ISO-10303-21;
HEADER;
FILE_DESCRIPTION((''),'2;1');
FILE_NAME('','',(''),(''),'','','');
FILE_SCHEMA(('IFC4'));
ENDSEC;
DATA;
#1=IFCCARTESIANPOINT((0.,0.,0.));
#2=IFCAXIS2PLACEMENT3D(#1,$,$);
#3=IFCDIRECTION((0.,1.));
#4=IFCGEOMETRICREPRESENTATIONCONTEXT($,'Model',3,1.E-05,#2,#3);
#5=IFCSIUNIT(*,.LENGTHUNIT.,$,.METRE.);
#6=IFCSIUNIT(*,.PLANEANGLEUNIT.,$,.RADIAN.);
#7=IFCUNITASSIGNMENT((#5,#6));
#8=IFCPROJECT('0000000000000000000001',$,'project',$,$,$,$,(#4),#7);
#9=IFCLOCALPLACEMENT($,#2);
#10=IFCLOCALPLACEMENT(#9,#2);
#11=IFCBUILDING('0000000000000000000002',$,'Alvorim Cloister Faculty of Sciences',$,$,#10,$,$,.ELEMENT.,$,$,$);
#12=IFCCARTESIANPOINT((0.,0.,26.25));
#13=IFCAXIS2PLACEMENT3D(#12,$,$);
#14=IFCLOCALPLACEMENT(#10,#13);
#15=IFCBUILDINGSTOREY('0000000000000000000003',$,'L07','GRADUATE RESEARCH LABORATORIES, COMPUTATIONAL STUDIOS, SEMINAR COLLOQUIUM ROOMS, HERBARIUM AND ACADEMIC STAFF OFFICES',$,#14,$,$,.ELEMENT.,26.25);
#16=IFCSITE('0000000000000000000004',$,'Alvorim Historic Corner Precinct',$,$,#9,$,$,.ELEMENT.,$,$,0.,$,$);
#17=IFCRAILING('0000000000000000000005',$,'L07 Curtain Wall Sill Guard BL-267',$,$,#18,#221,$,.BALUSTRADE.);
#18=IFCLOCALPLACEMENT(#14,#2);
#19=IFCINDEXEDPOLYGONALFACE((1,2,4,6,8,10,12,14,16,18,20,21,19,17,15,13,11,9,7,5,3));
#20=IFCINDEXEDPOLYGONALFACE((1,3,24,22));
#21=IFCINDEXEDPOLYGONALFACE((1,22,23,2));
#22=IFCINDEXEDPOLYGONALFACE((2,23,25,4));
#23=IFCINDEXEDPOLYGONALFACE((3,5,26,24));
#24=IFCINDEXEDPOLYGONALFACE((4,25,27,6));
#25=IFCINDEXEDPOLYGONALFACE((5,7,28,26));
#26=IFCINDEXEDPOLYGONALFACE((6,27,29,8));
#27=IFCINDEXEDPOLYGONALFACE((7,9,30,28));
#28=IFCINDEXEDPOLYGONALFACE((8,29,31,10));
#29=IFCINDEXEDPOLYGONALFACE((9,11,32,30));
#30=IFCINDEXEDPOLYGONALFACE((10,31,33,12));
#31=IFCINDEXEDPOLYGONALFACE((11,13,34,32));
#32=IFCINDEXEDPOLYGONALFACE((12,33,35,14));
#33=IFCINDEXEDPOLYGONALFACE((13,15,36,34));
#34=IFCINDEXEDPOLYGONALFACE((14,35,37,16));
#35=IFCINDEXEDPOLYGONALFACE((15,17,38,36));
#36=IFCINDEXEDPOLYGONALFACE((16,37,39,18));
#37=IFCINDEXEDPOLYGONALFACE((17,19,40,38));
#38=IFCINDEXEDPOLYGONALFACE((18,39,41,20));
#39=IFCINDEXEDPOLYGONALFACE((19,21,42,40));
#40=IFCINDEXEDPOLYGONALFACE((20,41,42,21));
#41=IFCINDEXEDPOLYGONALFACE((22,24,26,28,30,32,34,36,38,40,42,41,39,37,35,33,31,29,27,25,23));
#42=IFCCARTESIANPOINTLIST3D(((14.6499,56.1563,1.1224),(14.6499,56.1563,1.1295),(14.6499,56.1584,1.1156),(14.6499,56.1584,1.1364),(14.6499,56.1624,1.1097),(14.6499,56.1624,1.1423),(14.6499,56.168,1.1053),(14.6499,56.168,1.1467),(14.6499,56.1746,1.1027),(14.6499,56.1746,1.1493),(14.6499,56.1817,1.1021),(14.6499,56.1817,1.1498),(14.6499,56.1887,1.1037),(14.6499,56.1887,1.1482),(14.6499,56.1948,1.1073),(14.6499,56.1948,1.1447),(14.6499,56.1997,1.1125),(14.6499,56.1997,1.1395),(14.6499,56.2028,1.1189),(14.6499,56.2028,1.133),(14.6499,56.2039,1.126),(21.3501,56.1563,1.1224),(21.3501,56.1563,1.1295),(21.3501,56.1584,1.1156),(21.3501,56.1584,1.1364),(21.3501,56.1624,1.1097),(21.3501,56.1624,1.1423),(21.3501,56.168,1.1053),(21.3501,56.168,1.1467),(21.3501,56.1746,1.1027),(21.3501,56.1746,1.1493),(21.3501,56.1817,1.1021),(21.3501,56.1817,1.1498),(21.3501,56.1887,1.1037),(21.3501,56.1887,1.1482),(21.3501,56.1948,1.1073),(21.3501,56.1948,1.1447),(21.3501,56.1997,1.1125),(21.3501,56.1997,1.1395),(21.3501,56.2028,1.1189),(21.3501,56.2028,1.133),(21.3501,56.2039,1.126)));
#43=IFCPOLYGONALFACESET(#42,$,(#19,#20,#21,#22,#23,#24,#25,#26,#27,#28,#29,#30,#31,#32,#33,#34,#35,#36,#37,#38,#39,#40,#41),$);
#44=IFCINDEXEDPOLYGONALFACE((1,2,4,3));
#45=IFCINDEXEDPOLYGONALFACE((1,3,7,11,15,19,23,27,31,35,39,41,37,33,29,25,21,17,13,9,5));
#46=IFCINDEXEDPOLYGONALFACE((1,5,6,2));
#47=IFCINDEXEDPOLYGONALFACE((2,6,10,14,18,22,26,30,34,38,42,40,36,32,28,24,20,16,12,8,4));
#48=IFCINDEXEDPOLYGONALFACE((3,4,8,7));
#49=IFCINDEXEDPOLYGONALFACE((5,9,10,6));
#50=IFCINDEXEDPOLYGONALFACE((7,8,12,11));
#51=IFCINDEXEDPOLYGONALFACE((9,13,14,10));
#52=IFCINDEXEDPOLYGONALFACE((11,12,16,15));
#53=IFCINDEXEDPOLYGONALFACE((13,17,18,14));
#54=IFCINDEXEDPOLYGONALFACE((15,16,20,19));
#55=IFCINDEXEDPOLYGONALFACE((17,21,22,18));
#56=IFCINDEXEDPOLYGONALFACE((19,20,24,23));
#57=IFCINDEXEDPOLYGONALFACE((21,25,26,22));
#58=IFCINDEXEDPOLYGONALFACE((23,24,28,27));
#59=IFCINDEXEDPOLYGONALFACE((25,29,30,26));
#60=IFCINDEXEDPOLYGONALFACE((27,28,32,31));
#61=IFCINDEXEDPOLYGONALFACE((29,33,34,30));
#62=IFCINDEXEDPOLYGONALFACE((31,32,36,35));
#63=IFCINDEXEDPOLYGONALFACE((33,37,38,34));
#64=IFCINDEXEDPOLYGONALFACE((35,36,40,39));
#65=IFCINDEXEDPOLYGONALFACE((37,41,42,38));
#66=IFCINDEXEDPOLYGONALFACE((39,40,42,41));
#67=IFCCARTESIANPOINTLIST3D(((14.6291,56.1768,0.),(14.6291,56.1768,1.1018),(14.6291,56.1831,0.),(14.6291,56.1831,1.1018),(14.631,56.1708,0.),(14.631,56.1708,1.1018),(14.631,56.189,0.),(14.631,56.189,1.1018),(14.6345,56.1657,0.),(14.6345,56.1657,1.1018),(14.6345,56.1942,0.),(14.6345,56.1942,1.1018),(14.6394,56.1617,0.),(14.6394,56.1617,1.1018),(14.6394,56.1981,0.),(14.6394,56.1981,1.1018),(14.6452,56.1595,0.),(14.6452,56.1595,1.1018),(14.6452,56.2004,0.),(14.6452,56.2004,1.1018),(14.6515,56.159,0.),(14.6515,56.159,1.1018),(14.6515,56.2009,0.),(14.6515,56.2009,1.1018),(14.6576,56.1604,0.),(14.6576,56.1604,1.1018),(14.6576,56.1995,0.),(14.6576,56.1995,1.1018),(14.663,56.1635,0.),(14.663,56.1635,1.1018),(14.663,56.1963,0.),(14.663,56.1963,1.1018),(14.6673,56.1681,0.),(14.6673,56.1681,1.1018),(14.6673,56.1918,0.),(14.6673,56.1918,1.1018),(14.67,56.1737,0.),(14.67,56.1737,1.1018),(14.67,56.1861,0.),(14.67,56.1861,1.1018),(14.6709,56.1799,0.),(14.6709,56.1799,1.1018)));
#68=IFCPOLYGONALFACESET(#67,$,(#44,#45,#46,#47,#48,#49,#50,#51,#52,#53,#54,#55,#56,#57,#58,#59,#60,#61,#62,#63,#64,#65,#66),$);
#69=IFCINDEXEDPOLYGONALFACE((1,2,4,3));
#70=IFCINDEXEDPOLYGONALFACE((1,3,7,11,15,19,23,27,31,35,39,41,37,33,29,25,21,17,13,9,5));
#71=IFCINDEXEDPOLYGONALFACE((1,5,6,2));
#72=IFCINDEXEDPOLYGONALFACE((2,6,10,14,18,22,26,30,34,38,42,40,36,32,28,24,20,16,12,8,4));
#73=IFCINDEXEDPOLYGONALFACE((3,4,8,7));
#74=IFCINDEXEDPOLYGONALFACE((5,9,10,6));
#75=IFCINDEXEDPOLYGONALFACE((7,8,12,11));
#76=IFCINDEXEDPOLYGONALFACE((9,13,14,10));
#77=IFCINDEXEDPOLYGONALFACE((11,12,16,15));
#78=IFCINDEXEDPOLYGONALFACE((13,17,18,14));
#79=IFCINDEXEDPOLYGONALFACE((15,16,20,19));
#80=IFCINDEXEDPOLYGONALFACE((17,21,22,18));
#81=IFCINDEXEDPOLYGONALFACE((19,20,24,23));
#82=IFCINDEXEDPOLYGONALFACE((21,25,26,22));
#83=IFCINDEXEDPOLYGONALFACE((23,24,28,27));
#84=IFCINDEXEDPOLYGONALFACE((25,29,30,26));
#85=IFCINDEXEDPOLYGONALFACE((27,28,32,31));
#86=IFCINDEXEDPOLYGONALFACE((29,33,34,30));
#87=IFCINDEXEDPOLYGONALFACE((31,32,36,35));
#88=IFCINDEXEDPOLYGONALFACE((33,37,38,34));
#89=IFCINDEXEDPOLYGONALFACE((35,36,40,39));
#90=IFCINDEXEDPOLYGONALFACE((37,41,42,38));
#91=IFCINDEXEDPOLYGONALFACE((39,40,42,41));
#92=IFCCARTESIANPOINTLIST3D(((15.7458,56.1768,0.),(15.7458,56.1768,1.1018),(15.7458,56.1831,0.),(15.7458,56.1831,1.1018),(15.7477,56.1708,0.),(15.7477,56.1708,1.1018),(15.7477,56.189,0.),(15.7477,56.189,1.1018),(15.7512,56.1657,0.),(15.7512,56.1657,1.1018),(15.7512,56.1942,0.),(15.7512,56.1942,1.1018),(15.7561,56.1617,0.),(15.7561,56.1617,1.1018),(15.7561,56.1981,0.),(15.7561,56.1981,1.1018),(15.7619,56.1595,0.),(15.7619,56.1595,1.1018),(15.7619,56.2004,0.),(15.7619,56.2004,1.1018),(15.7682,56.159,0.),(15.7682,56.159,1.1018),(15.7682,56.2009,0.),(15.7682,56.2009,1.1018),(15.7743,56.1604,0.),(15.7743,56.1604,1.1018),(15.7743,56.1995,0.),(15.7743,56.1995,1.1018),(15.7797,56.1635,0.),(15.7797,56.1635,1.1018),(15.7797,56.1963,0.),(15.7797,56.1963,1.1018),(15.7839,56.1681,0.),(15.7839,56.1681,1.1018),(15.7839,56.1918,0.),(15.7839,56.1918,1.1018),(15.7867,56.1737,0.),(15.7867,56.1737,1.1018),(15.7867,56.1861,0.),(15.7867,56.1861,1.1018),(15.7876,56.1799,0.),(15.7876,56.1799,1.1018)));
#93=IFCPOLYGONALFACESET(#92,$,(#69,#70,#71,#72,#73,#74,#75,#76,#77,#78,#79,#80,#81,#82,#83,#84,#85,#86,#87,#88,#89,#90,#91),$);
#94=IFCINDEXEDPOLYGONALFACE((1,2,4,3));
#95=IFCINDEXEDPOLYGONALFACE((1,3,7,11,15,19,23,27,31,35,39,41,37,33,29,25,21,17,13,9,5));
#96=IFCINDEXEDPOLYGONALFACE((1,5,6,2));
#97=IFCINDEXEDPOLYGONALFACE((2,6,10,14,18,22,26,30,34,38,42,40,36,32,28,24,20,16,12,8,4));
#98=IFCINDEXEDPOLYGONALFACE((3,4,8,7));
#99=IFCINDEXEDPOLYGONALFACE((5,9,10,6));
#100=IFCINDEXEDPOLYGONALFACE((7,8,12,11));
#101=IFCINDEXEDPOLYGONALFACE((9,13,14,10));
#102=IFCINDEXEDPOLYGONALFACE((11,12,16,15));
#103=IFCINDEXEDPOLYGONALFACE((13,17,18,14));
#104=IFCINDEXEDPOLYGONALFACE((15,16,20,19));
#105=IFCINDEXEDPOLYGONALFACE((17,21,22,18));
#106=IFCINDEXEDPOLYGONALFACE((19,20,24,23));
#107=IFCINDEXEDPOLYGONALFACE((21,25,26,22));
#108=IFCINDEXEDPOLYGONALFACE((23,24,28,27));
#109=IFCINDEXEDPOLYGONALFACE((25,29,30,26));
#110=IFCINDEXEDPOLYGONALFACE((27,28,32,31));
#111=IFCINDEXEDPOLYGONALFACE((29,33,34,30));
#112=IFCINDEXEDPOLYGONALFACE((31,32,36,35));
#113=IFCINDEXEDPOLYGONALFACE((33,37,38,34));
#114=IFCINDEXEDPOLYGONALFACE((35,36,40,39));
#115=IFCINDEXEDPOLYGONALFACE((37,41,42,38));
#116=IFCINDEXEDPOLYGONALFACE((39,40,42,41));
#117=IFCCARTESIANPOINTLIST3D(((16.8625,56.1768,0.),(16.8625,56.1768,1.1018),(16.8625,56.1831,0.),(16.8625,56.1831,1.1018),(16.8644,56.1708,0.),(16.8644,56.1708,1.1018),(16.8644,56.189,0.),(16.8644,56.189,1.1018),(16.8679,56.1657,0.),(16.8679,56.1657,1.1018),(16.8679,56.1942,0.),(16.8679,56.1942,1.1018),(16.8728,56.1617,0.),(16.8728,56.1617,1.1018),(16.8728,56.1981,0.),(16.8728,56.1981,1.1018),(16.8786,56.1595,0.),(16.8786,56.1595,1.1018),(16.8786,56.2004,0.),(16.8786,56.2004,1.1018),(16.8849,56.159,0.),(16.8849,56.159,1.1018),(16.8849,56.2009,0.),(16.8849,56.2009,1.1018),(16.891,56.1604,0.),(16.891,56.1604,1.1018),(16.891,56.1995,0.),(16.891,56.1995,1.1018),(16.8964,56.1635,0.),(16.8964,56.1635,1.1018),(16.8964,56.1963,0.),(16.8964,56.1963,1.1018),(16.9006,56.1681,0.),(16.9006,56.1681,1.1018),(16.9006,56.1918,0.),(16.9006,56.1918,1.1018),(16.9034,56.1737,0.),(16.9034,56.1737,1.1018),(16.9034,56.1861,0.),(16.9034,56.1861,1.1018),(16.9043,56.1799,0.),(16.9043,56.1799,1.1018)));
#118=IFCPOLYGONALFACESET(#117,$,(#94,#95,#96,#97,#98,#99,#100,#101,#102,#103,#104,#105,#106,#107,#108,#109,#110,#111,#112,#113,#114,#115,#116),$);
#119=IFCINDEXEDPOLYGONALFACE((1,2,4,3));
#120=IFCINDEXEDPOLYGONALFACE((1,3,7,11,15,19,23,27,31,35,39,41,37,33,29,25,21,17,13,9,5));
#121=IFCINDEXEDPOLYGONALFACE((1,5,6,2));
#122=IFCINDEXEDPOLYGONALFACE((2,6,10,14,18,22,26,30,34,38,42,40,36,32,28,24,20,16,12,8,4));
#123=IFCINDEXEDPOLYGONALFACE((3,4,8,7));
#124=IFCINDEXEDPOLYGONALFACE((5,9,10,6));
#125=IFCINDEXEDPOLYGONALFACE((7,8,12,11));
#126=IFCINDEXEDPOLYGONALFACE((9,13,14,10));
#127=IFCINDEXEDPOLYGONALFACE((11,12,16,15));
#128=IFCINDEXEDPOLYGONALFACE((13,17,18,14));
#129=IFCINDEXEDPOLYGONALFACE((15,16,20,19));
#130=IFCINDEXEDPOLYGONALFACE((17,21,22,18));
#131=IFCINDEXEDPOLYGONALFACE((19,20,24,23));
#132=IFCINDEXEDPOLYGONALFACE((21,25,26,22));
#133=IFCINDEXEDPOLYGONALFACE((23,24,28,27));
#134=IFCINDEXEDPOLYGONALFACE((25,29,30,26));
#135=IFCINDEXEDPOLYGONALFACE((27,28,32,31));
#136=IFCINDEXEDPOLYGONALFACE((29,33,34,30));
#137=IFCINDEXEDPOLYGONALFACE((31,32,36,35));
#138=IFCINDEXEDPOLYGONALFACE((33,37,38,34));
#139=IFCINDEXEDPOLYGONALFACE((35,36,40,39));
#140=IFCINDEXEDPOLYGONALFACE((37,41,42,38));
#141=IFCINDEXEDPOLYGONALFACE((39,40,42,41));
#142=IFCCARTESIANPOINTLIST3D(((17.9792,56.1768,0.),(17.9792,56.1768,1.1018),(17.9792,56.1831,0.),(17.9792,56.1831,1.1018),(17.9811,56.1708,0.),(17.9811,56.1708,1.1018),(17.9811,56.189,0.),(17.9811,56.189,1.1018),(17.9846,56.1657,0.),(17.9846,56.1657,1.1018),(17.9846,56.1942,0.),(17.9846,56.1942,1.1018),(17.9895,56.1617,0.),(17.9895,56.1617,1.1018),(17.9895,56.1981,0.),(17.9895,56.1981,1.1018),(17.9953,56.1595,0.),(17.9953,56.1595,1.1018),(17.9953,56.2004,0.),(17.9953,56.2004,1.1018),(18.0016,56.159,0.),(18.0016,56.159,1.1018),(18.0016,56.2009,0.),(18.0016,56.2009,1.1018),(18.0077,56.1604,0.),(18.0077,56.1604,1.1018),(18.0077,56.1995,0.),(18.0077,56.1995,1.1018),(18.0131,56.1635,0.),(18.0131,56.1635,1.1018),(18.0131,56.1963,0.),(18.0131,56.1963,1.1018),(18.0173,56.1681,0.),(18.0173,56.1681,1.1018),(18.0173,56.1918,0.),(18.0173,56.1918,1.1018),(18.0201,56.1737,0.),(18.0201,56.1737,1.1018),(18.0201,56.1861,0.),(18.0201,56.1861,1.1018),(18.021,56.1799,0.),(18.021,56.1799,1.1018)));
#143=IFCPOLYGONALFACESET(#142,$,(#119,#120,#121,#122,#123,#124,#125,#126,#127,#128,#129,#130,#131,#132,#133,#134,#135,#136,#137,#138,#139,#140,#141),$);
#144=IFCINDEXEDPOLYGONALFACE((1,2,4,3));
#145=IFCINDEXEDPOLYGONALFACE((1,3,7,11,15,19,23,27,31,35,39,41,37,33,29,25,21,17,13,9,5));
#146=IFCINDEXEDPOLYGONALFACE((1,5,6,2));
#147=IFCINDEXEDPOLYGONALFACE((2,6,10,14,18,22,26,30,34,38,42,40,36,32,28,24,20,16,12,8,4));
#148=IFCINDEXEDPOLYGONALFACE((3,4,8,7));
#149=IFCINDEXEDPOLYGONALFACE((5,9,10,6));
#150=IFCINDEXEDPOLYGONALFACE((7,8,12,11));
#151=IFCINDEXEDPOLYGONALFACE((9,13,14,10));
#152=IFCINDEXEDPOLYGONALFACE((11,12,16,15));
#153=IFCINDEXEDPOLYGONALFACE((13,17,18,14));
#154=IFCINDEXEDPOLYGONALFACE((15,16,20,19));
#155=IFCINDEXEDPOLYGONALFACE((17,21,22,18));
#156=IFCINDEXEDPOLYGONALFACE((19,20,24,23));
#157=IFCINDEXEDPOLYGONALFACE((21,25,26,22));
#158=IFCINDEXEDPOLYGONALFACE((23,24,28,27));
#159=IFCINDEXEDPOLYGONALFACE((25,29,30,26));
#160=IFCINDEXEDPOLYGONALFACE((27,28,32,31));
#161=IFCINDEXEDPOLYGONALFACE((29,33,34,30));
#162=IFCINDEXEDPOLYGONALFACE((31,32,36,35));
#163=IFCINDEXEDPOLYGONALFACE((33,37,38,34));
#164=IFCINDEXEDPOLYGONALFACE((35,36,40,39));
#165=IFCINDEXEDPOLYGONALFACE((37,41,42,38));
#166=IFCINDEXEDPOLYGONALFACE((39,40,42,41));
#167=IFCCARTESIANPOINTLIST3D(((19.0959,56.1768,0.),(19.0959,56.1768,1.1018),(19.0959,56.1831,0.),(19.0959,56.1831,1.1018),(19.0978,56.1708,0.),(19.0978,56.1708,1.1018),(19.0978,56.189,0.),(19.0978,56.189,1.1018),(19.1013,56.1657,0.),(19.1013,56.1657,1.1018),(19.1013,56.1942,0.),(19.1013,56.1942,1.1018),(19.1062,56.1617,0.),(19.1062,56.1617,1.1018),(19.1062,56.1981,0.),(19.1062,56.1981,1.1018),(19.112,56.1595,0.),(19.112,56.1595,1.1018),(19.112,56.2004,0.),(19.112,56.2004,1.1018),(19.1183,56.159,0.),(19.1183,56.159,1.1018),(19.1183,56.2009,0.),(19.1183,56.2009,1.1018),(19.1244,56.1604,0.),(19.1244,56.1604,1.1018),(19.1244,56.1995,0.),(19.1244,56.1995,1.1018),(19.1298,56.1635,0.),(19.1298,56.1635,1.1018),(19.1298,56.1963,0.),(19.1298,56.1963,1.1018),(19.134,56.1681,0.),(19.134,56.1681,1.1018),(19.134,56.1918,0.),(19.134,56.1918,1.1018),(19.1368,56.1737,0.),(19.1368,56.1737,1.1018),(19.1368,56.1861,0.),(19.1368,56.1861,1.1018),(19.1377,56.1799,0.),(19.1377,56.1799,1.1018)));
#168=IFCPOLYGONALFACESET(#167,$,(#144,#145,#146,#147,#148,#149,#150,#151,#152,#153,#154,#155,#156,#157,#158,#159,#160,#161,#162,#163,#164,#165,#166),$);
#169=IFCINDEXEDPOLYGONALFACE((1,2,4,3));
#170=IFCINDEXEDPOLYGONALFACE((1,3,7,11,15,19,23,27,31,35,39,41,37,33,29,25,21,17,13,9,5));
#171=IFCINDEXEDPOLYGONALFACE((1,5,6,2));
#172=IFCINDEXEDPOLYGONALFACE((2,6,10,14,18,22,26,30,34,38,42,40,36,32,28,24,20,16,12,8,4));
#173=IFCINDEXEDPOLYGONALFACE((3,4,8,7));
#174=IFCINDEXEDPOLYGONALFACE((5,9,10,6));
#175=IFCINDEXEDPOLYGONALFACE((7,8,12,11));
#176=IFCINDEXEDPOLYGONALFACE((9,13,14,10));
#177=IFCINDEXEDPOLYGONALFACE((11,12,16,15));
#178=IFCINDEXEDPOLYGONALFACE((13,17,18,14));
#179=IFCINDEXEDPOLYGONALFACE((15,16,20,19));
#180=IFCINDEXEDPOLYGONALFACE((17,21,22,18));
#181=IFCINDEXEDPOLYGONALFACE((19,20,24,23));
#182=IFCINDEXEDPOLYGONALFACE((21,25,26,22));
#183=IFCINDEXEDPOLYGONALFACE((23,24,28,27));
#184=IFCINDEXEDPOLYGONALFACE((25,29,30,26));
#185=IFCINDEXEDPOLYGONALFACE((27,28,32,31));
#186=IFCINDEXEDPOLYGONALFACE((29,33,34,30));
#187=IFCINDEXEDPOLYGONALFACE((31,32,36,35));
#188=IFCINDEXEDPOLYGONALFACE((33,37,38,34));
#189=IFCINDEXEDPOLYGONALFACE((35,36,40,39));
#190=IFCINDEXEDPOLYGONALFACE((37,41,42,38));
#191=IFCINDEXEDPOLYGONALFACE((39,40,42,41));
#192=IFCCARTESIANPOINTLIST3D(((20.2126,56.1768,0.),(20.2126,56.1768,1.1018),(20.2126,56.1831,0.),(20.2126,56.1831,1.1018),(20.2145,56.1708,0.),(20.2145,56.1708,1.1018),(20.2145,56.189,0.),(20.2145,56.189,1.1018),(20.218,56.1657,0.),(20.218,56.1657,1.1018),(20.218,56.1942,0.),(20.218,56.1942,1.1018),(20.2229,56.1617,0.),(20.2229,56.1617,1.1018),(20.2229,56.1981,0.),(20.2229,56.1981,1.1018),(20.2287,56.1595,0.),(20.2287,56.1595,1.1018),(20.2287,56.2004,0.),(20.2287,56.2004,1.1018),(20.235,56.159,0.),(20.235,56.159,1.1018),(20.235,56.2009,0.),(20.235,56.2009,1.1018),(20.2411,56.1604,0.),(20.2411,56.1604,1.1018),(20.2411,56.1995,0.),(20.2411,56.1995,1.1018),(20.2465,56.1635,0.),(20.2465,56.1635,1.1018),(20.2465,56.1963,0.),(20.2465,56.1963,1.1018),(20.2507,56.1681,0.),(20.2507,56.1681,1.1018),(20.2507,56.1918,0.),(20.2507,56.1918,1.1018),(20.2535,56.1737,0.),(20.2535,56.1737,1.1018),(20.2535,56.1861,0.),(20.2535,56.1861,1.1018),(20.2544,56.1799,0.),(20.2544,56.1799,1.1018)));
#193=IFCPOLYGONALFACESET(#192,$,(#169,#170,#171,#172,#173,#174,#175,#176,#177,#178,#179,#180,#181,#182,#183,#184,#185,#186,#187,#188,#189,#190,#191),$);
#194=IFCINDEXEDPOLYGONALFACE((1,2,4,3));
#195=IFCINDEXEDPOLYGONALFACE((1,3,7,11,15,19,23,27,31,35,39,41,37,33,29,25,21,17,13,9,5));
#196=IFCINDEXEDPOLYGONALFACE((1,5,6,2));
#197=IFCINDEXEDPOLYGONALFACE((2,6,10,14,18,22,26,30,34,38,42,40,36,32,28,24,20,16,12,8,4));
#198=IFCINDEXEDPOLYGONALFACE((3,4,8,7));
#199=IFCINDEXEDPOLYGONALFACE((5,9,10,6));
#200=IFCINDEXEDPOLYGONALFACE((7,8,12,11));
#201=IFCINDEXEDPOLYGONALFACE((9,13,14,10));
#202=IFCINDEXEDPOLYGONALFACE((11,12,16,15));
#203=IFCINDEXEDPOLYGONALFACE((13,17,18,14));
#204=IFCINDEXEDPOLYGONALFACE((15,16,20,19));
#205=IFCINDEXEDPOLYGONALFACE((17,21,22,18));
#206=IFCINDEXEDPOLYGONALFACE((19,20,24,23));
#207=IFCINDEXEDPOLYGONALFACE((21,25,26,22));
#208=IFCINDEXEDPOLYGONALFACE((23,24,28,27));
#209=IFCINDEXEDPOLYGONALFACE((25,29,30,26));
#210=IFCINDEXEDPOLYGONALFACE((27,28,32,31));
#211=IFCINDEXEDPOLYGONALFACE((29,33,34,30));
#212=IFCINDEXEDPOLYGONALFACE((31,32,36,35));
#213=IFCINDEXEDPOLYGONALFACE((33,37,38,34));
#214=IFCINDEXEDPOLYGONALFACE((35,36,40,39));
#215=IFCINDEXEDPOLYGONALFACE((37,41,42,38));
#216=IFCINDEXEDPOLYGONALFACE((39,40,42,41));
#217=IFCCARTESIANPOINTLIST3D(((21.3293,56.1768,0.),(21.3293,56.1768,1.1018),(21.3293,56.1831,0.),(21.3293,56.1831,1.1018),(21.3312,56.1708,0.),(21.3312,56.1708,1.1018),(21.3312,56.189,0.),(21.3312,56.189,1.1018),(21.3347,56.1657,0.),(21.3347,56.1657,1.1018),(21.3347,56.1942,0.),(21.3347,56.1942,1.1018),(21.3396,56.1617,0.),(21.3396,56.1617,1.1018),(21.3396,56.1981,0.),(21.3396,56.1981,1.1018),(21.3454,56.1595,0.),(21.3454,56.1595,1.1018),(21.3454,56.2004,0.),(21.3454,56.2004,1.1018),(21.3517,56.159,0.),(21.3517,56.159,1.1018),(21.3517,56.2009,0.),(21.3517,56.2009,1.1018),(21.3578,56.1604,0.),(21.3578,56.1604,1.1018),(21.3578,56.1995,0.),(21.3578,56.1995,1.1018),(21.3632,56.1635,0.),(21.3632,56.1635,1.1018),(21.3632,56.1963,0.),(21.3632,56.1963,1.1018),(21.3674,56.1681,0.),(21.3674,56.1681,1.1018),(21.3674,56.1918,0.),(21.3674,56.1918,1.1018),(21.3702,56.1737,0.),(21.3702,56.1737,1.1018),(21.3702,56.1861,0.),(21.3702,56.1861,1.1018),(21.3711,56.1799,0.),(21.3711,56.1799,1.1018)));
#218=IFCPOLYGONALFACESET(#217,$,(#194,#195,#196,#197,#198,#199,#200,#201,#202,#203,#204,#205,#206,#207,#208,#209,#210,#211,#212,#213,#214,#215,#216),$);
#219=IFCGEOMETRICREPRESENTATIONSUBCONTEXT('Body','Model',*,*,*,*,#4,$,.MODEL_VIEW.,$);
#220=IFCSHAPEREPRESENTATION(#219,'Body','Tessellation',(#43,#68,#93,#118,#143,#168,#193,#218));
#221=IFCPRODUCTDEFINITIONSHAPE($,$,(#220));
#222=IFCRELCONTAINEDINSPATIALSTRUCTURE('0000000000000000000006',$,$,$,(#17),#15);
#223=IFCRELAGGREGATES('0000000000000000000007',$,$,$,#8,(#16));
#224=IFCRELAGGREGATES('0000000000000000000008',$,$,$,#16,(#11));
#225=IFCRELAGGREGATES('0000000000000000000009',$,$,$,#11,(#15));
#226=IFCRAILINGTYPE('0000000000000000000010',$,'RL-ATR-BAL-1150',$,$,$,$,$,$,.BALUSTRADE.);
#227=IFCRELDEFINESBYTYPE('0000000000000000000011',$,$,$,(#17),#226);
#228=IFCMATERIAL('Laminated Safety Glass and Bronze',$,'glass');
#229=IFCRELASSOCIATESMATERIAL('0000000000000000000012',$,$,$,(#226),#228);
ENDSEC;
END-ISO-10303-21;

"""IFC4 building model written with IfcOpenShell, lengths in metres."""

from ifc_helpers import new_model, si_unit, direction, frame, origin, origin_2d, place, context, subcontext, project, spatial, circle, extrude, material, type_object, element, save


model = new_model("IFC4")

# Units and contexts
model_context = context("Model", 3, precision=1e-05, world=origin(), true_north=direction((0.0, 1.0)))
body_context = subcontext(model_context, "Body", "Model", "MODEL_VIEW")
ifc_project = project(units=[si_unit("LENGTHUNIT", "METRE"), si_unit("PLANEANGLEUNIT", "RADIAN")], contexts=[model_context])

# Site, building, storey
site_placement = place(None, origin())
site = spatial("IfcSite", under=ifc_project, at=site_placement, Name="Alvorim Historic Corner Precinct", CompositionType="ELEMENT", RefElevation=0.0)
building_placement = place(site_placement, origin())
building = spatial("IfcBuilding", under=site, at=building_placement, Name="Alvorim Cloister Faculty of Sciences", CompositionType="ELEMENT")
storey_placement = place(building_placement, frame((0.0, 0.0, 26.25)))
storey = spatial("IfcBuildingStorey", under=building, at=storey_placement, Name="L07", Description="GRADUATE RESEARCH LABORATORIES, COMPUTATIONAL STUDIOS, SEMINAR COLLOQUIUM ROOMS, HERBARIUM AND ACADEMIC STAFF OFFICES", CompositionType="ELEMENT", Elevation=26.25)

# Railing
ifc_material_1 = material(Name="Laminated Safety Glass and Bronze", Category="glass")
railing_type = type_object("IfcRailingType", Name="RL-ATR-BAL-1150", PredefinedType="BALUSTRADE", material=ifc_material_1)
railing_placement = place(storey_placement, frame((14.6499, 56.1799, 0.0)))
element("IfcRailing", 1, at=railing_placement, inside=storey, type_object=railing_type, Name="L07 Curtain Wall Sill Guard BL-267", PredefinedType="BALUSTRADE", context=body_context, shape_type="SweptSolid", body=[
    extrude(circle(Radius=0.0239, at=origin_2d()), frame((0.0, 0.0, 1.126), z_axis=(1.0, 0.0, 0.0), x_axis=(0.0, 1.0, 0.0)), (0.0, 0.0, 1.0), 6.7002),
    extrude(circle(Radius=0.021, at=origin_2d()), origin(), (0.0, 0.0, 1.0), 1.1018),
    extrude(circle(Radius=0.021, at=origin_2d()), frame((1.1167, 0.0, 0.0)), (0.0, 0.0, 1.0), 1.1018),
    extrude(circle(Radius=0.021, at=origin_2d()), frame((2.2334, 0.0, 0.0)), (0.0, 0.0, 1.0), 1.1018),
    extrude(circle(Radius=0.021, at=origin_2d()), frame((3.3501, 0.0, 0.0)), (0.0, 0.0, 1.0), 1.1018),
    extrude(circle(Radius=0.021, at=origin_2d()), frame((4.4668, 0.0, 0.0)), (0.0, 0.0, 1.0), 1.1018),
    extrude(circle(Radius=0.021, at=origin_2d()), frame((5.5835, 0.0, 0.0)), (0.0, 0.0, 1.0), 1.1018),
    extrude(circle(Radius=0.021, at=origin_2d()), frame((6.7002, 0.0, 0.0)), (0.0, 0.0, 1.0), 1.1018),
])

save(model, "model.ifc")
